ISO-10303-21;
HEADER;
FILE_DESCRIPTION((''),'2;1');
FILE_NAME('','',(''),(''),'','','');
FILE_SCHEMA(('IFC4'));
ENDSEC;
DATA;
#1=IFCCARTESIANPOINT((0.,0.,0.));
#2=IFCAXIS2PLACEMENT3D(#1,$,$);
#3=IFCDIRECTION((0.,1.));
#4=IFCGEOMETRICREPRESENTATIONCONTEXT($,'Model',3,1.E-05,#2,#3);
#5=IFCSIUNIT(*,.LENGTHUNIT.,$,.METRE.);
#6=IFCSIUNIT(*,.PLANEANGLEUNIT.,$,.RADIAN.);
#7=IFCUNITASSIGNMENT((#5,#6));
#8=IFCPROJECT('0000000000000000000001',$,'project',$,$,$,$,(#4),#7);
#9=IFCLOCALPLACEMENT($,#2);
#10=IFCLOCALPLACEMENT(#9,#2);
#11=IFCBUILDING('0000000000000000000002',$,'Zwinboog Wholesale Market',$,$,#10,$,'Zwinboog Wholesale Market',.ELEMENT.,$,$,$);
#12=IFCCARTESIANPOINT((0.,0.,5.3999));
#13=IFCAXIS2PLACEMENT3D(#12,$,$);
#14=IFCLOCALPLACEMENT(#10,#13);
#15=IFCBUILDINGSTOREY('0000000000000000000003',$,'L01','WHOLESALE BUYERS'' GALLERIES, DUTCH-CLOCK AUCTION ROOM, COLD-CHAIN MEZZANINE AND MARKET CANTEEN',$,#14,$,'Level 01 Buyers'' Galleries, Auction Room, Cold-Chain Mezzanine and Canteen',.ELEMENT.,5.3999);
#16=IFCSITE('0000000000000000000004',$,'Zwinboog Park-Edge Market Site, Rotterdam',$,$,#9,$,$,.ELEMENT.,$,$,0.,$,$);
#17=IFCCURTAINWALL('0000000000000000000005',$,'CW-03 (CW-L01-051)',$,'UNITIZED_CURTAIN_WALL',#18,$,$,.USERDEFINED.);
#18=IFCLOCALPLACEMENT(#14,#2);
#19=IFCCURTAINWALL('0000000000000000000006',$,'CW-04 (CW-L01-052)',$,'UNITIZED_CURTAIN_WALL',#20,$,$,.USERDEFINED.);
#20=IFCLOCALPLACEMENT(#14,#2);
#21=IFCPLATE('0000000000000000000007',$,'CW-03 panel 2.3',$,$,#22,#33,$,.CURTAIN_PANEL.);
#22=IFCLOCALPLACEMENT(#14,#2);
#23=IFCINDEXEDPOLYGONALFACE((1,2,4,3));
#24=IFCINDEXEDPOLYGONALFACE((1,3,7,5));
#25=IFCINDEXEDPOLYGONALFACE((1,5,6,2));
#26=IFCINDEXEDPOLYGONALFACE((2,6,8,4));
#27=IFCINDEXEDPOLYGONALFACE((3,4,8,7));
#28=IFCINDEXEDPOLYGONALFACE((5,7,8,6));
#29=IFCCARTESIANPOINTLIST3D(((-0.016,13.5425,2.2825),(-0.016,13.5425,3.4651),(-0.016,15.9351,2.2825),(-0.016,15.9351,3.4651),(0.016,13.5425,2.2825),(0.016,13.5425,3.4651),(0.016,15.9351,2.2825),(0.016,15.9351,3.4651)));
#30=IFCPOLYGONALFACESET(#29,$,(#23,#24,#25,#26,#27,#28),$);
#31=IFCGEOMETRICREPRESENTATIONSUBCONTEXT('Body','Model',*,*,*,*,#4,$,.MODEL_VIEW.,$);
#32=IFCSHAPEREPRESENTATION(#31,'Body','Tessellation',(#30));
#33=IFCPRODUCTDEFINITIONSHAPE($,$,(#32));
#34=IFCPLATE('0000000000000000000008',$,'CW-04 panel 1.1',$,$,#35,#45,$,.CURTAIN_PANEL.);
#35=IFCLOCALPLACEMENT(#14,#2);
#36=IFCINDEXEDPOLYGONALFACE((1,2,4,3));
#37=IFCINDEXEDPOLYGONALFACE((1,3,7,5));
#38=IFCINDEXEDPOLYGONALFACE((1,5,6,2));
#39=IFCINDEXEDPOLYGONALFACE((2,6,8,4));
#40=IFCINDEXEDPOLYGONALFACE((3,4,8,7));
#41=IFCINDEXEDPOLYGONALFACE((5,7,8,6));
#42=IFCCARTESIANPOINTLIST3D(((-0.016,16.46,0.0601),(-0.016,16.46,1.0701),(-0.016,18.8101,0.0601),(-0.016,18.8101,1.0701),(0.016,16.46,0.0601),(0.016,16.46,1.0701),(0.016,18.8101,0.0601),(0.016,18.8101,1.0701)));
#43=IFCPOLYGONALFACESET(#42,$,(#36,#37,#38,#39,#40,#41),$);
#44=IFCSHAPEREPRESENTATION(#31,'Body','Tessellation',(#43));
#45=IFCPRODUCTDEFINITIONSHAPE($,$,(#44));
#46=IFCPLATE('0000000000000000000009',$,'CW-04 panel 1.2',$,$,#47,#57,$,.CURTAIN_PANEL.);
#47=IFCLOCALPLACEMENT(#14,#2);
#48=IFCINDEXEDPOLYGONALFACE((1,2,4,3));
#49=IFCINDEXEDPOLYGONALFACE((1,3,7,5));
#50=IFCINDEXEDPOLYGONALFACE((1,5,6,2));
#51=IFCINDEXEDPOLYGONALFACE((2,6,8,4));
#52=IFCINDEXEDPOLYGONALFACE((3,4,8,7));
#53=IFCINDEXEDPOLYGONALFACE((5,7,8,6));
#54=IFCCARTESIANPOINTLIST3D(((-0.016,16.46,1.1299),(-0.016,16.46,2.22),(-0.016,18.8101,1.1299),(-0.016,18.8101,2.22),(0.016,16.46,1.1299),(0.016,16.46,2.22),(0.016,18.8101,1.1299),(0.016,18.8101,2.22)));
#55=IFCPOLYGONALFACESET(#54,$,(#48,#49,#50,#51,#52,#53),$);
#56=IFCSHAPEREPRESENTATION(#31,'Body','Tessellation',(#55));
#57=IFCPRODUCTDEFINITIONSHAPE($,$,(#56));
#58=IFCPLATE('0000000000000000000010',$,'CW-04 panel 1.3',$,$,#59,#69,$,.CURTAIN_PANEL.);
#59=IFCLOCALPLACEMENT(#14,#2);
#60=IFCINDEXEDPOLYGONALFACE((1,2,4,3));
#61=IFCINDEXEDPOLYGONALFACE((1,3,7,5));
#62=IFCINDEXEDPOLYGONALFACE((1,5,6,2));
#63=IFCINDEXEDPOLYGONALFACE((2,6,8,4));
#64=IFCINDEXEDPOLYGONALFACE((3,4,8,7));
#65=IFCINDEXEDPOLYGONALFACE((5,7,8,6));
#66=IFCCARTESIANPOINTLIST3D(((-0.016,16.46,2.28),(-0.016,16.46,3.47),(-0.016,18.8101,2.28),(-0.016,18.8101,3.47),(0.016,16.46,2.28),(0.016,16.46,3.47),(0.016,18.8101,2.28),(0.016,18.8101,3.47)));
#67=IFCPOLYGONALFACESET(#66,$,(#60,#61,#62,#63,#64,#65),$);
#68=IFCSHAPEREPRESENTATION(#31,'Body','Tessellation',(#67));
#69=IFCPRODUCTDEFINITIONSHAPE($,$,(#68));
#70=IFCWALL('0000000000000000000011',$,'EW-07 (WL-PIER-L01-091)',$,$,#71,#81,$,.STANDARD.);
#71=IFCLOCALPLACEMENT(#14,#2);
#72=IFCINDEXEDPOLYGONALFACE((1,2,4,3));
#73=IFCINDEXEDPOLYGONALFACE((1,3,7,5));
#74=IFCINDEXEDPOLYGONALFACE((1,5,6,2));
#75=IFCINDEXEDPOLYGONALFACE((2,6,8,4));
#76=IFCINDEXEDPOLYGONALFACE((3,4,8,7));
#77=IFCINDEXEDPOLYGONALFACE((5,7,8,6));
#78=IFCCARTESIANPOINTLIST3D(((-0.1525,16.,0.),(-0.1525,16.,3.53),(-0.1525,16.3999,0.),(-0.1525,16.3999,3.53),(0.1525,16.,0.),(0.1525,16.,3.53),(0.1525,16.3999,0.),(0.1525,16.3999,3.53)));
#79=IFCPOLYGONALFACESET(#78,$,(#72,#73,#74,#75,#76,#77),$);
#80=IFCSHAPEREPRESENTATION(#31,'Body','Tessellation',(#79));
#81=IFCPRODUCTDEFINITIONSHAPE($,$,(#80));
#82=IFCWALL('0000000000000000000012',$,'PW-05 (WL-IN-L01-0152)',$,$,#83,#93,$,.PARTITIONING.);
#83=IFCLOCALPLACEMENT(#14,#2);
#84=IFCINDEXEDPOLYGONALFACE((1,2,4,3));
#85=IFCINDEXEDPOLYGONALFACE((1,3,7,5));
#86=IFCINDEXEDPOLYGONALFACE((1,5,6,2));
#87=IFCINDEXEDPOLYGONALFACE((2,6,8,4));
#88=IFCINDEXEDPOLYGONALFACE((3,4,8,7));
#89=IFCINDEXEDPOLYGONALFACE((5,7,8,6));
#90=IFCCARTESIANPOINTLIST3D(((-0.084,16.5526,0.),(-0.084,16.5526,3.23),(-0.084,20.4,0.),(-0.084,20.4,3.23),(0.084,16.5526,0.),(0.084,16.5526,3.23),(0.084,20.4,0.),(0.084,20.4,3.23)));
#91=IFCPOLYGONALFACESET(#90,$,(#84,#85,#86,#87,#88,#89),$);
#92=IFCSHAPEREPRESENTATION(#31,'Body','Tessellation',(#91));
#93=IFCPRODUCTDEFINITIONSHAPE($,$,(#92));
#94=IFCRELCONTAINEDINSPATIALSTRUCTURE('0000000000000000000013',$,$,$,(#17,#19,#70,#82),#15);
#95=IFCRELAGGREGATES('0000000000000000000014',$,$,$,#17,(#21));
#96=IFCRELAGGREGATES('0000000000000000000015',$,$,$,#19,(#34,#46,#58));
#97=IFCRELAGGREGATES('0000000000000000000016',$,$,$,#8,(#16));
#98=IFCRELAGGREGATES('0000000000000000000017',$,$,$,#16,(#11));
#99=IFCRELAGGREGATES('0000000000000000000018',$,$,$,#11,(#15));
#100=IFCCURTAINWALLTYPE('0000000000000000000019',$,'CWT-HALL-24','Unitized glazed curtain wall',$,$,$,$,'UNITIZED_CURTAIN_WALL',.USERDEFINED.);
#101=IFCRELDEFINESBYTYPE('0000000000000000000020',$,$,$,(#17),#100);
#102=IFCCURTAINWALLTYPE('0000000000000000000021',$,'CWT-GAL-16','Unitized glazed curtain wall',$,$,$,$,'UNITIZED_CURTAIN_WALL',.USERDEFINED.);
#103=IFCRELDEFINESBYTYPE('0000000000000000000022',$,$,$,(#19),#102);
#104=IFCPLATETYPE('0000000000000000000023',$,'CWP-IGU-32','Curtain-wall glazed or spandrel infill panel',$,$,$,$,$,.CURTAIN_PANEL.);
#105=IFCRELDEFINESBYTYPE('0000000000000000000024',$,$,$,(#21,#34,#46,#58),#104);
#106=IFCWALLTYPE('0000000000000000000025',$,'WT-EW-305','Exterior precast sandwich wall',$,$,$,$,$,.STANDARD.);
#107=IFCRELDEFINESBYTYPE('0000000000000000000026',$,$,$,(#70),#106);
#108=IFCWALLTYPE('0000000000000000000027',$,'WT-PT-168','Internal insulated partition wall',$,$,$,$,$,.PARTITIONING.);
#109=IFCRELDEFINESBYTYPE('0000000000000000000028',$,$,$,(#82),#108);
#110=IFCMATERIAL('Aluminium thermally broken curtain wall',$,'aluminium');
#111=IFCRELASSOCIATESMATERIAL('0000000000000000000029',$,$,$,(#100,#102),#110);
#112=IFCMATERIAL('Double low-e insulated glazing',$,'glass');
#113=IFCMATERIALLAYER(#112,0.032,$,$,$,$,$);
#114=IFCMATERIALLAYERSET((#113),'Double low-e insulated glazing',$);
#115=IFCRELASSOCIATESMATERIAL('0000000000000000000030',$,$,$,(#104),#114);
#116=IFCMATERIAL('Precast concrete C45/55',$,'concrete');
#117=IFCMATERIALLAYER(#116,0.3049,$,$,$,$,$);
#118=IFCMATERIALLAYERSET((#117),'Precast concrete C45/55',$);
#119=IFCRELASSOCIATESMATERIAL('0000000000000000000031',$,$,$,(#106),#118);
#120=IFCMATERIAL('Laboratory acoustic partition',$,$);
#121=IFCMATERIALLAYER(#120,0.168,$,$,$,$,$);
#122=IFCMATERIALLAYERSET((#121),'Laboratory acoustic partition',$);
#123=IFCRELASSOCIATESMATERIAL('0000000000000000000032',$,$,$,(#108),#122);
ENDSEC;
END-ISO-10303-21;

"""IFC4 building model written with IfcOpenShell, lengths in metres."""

from ifc_helpers import new_model, si_unit, direction, frame, frame_2d, origin, origin_2d, place, context, subcontext, project, spatial, rectangle, extrude, material, layer, layer_set, type_object, element, aggregate, save


model = new_model("IFC4")

# Units and contexts
model_context = context("Model", 3, precision=1e-05, world=origin(), true_north=direction((0.0, 1.0)))
body_context = subcontext(model_context, "Body", "Model", "MODEL_VIEW")
ifc_project = project(units=[si_unit("LENGTHUNIT", "METRE"), si_unit("PLANEANGLEUNIT", "RADIAN")], contexts=[model_context])

# Site, building, storey
site_placement = place(None, origin())
site = spatial("IfcSite", under=ifc_project, at=site_placement, Name="Zwinboog Park-Edge Market Site, Rotterdam", CompositionType="ELEMENT", RefElevation=0.0)
building_placement = place(site_placement, origin())
building = spatial("IfcBuilding", under=site, at=building_placement, Name="Zwinboog Wholesale Market", LongName="Zwinboog Wholesale Market", CompositionType="ELEMENT")
storey_placement = place(building_placement, frame((0.0, 0.0, 5.3999)))
storey = spatial("IfcBuildingStorey", under=building, at=storey_placement, Name="L01", Description="WHOLESALE BUYERS' GALLERIES, DUTCH-CLOCK AUCTION ROOM, COLD-CHAIN MEZZANINE AND MARKET CANTEEN", LongName="Level 01 Buyers' Galleries, Auction Room, Cold-Chain Mezzanine and Canteen", CompositionType="ELEMENT", Elevation=5.3999)

# Curtain wall
ifc_material_1 = material(Name="Aluminium thermally broken curtain wall", Category="aluminium")
curtain_wall_type_1 = type_object("IfcCurtainWallType", Name="CWT-HALL-24", Description="Unitized glazed curtain wall", ElementType="UNITIZED_CURTAIN_WALL", PredefinedType="USERDEFINED", material=ifc_material_1)
curtain_wall_1_placement = place(storey_placement, origin())
curtain_wall_1 = element("IfcCurtainWall", 1, at=curtain_wall_1_placement, inside=storey, type_object=curtain_wall_type_1, Name="CW-03 (CW-L01-051)", ObjectType="UNITIZED_CURTAIN_WALL", PredefinedType="USERDEFINED")

# Curtain wall
curtain_wall_type_2 = type_object("IfcCurtainWallType", Name="CWT-GAL-16", Description="Unitized glazed curtain wall", ElementType="UNITIZED_CURTAIN_WALL", PredefinedType="USERDEFINED", material=ifc_material_1)
curtain_wall_2_placement = place(storey_placement, origin())
curtain_wall_2 = element("IfcCurtainWall", 2, at=curtain_wall_2_placement, inside=storey, type_object=curtain_wall_type_2, Name="CW-04 (CW-L01-052)", ObjectType="UNITIZED_CURTAIN_WALL", PredefinedType="USERDEFINED")

# Plates
ifc_material_2 = material(Name="Double low-e insulated glazing", Category="glass")
ifc_layer_1 = layer(ifc_material_2, 0.032)
ifc_layer_set_1 = layer_set([ifc_layer_1], Name="Double low-e insulated glazing")
plate_type = type_object("IfcPlateType", Name="CWP-IGU-32", Description="Curtain-wall glazed or spandrel infill panel", PredefinedType="CURTAIN_PANEL", material=ifc_layer_set_1)
plate_1_placement = place(storey_placement, frame((0.0, 14.7388, 2.2825), z_axis=(0.0, 0.0, 1.0), x_axis=(0.0, 1.0, 0.0)))
plate_1 = element("IfcPlate", 3, at=plate_1_placement, type_object=plate_type, Name="CW-03 panel 2.3", PredefinedType="CURTAIN_PANEL", context=body_context, shape_type="SweptSolid", body=[
    extrude(rectangle(XDim=2.3926, YDim=0.032, at=origin_2d()), origin(), (0.0, 0.0, 1.0), 1.1826),
])
aggregate(curtain_wall_1, [plate_1])
plate_2_placement = place(storey_placement, frame((0.0, 17.635, 0.0601), z_axis=(0.0, 0.0, 1.0), x_axis=(0.0, 1.0, 0.0)))
plate_2 = element("IfcPlate", 4, at=plate_2_placement, type_object=plate_type, Name="CW-04 panel 1.1", PredefinedType="CURTAIN_PANEL", context=body_context, shape_type="SweptSolid", body=[
    extrude(rectangle(XDim=2.3501, YDim=0.032, at=origin_2d()), origin(), (0.0, 0.0, 1.0), 1.01),
])
plate_3_placement = place(storey_placement, frame((0.0, 17.635, 1.1299), z_axis=(0.0, 0.0, 1.0), x_axis=(0.0, 1.0, 0.0)))
plate_3 = element("IfcPlate", 5, at=plate_3_placement, type_object=plate_type, Name="CW-04 panel 1.2", PredefinedType="CURTAIN_PANEL", context=body_context, shape_type="SweptSolid", body=[
    extrude(rectangle(XDim=2.3501, YDim=0.032, at=origin_2d()), origin(), (0.0, 0.0, 1.0), 1.0901),
])
plate_4_placement = place(storey_placement, frame((0.0, 17.635, 2.28), z_axis=(0.0, 0.0, 1.0), x_axis=(0.0, 1.0, 0.0)))
plate_4 = element("IfcPlate", 6, at=plate_4_placement, type_object=plate_type, Name="CW-04 panel 1.3", PredefinedType="CURTAIN_PANEL", context=body_context, shape_type="SweptSolid", body=[
    extrude(rectangle(XDim=2.3501, YDim=0.032, at=origin_2d()), origin(), (0.0, 0.0, 1.0), 1.1899),
])
aggregate(curtain_wall_2, [plate_2, plate_3, plate_4])

# Walls
ifc_material_3 = material(Name="Precast concrete C45/55", Category="concrete")
ifc_layer_2 = layer(ifc_material_3, 0.3049)
ifc_layer_set_2 = layer_set([ifc_layer_2], Name="Precast concrete C45/55")
wall_type_1 = type_object("IfcWallType", Name="WT-EW-305", Description="Exterior precast sandwich wall", PredefinedType="STANDARD", material=ifc_layer_set_2)
wall_1_placement = place(storey_placement, frame((0.0, 16.0, 0.0), z_axis=(0.0, 0.0, 1.0), x_axis=(0.0, 1.0, 0.0)))
element("IfcWall", 7, at=wall_1_placement, inside=storey, type_object=wall_type_1, Name="EW-07 (WL-PIER-L01-091)", PredefinedType="STANDARD", context=body_context, shape_type="SweptSolid", body=[
    extrude(rectangle(XDim=0.3999, YDim=0.3049, at=frame_2d((0.2, 0.0))), origin(), (0.0, 0.0, 1.0), 3.53),
])
ifc_material_4 = material(Name="Laboratory acoustic partition")
ifc_layer_3 = layer(ifc_material_4, 0.168)
ifc_layer_set_3 = layer_set([ifc_layer_3], Name="Laboratory acoustic partition")
wall_type_2 = type_object("IfcWallType", Name="WT-PT-168", Description="Internal insulated partition wall", PredefinedType="PARTITIONING", material=ifc_layer_set_3)
wall_2_placement = place(storey_placement, frame((0.0, 16.5525, 0.0), z_axis=(0.0, 0.0, 1.0), x_axis=(0.0, 1.0, 0.0)))
element("IfcWall", 8, at=wall_2_placement, inside=storey, type_object=wall_type_2, Name="PW-05 (WL-IN-L01-0152)", PredefinedType="PARTITIONING", context=body_context, shape_type="SweptSolid", body=[
    extrude(rectangle(XDim=3.8474, YDim=0.168, at=frame_2d((1.9238, 0.0))), origin(), (0.0, 0.0, 1.0), 3.23),
])

save(model, "model.ifc")
